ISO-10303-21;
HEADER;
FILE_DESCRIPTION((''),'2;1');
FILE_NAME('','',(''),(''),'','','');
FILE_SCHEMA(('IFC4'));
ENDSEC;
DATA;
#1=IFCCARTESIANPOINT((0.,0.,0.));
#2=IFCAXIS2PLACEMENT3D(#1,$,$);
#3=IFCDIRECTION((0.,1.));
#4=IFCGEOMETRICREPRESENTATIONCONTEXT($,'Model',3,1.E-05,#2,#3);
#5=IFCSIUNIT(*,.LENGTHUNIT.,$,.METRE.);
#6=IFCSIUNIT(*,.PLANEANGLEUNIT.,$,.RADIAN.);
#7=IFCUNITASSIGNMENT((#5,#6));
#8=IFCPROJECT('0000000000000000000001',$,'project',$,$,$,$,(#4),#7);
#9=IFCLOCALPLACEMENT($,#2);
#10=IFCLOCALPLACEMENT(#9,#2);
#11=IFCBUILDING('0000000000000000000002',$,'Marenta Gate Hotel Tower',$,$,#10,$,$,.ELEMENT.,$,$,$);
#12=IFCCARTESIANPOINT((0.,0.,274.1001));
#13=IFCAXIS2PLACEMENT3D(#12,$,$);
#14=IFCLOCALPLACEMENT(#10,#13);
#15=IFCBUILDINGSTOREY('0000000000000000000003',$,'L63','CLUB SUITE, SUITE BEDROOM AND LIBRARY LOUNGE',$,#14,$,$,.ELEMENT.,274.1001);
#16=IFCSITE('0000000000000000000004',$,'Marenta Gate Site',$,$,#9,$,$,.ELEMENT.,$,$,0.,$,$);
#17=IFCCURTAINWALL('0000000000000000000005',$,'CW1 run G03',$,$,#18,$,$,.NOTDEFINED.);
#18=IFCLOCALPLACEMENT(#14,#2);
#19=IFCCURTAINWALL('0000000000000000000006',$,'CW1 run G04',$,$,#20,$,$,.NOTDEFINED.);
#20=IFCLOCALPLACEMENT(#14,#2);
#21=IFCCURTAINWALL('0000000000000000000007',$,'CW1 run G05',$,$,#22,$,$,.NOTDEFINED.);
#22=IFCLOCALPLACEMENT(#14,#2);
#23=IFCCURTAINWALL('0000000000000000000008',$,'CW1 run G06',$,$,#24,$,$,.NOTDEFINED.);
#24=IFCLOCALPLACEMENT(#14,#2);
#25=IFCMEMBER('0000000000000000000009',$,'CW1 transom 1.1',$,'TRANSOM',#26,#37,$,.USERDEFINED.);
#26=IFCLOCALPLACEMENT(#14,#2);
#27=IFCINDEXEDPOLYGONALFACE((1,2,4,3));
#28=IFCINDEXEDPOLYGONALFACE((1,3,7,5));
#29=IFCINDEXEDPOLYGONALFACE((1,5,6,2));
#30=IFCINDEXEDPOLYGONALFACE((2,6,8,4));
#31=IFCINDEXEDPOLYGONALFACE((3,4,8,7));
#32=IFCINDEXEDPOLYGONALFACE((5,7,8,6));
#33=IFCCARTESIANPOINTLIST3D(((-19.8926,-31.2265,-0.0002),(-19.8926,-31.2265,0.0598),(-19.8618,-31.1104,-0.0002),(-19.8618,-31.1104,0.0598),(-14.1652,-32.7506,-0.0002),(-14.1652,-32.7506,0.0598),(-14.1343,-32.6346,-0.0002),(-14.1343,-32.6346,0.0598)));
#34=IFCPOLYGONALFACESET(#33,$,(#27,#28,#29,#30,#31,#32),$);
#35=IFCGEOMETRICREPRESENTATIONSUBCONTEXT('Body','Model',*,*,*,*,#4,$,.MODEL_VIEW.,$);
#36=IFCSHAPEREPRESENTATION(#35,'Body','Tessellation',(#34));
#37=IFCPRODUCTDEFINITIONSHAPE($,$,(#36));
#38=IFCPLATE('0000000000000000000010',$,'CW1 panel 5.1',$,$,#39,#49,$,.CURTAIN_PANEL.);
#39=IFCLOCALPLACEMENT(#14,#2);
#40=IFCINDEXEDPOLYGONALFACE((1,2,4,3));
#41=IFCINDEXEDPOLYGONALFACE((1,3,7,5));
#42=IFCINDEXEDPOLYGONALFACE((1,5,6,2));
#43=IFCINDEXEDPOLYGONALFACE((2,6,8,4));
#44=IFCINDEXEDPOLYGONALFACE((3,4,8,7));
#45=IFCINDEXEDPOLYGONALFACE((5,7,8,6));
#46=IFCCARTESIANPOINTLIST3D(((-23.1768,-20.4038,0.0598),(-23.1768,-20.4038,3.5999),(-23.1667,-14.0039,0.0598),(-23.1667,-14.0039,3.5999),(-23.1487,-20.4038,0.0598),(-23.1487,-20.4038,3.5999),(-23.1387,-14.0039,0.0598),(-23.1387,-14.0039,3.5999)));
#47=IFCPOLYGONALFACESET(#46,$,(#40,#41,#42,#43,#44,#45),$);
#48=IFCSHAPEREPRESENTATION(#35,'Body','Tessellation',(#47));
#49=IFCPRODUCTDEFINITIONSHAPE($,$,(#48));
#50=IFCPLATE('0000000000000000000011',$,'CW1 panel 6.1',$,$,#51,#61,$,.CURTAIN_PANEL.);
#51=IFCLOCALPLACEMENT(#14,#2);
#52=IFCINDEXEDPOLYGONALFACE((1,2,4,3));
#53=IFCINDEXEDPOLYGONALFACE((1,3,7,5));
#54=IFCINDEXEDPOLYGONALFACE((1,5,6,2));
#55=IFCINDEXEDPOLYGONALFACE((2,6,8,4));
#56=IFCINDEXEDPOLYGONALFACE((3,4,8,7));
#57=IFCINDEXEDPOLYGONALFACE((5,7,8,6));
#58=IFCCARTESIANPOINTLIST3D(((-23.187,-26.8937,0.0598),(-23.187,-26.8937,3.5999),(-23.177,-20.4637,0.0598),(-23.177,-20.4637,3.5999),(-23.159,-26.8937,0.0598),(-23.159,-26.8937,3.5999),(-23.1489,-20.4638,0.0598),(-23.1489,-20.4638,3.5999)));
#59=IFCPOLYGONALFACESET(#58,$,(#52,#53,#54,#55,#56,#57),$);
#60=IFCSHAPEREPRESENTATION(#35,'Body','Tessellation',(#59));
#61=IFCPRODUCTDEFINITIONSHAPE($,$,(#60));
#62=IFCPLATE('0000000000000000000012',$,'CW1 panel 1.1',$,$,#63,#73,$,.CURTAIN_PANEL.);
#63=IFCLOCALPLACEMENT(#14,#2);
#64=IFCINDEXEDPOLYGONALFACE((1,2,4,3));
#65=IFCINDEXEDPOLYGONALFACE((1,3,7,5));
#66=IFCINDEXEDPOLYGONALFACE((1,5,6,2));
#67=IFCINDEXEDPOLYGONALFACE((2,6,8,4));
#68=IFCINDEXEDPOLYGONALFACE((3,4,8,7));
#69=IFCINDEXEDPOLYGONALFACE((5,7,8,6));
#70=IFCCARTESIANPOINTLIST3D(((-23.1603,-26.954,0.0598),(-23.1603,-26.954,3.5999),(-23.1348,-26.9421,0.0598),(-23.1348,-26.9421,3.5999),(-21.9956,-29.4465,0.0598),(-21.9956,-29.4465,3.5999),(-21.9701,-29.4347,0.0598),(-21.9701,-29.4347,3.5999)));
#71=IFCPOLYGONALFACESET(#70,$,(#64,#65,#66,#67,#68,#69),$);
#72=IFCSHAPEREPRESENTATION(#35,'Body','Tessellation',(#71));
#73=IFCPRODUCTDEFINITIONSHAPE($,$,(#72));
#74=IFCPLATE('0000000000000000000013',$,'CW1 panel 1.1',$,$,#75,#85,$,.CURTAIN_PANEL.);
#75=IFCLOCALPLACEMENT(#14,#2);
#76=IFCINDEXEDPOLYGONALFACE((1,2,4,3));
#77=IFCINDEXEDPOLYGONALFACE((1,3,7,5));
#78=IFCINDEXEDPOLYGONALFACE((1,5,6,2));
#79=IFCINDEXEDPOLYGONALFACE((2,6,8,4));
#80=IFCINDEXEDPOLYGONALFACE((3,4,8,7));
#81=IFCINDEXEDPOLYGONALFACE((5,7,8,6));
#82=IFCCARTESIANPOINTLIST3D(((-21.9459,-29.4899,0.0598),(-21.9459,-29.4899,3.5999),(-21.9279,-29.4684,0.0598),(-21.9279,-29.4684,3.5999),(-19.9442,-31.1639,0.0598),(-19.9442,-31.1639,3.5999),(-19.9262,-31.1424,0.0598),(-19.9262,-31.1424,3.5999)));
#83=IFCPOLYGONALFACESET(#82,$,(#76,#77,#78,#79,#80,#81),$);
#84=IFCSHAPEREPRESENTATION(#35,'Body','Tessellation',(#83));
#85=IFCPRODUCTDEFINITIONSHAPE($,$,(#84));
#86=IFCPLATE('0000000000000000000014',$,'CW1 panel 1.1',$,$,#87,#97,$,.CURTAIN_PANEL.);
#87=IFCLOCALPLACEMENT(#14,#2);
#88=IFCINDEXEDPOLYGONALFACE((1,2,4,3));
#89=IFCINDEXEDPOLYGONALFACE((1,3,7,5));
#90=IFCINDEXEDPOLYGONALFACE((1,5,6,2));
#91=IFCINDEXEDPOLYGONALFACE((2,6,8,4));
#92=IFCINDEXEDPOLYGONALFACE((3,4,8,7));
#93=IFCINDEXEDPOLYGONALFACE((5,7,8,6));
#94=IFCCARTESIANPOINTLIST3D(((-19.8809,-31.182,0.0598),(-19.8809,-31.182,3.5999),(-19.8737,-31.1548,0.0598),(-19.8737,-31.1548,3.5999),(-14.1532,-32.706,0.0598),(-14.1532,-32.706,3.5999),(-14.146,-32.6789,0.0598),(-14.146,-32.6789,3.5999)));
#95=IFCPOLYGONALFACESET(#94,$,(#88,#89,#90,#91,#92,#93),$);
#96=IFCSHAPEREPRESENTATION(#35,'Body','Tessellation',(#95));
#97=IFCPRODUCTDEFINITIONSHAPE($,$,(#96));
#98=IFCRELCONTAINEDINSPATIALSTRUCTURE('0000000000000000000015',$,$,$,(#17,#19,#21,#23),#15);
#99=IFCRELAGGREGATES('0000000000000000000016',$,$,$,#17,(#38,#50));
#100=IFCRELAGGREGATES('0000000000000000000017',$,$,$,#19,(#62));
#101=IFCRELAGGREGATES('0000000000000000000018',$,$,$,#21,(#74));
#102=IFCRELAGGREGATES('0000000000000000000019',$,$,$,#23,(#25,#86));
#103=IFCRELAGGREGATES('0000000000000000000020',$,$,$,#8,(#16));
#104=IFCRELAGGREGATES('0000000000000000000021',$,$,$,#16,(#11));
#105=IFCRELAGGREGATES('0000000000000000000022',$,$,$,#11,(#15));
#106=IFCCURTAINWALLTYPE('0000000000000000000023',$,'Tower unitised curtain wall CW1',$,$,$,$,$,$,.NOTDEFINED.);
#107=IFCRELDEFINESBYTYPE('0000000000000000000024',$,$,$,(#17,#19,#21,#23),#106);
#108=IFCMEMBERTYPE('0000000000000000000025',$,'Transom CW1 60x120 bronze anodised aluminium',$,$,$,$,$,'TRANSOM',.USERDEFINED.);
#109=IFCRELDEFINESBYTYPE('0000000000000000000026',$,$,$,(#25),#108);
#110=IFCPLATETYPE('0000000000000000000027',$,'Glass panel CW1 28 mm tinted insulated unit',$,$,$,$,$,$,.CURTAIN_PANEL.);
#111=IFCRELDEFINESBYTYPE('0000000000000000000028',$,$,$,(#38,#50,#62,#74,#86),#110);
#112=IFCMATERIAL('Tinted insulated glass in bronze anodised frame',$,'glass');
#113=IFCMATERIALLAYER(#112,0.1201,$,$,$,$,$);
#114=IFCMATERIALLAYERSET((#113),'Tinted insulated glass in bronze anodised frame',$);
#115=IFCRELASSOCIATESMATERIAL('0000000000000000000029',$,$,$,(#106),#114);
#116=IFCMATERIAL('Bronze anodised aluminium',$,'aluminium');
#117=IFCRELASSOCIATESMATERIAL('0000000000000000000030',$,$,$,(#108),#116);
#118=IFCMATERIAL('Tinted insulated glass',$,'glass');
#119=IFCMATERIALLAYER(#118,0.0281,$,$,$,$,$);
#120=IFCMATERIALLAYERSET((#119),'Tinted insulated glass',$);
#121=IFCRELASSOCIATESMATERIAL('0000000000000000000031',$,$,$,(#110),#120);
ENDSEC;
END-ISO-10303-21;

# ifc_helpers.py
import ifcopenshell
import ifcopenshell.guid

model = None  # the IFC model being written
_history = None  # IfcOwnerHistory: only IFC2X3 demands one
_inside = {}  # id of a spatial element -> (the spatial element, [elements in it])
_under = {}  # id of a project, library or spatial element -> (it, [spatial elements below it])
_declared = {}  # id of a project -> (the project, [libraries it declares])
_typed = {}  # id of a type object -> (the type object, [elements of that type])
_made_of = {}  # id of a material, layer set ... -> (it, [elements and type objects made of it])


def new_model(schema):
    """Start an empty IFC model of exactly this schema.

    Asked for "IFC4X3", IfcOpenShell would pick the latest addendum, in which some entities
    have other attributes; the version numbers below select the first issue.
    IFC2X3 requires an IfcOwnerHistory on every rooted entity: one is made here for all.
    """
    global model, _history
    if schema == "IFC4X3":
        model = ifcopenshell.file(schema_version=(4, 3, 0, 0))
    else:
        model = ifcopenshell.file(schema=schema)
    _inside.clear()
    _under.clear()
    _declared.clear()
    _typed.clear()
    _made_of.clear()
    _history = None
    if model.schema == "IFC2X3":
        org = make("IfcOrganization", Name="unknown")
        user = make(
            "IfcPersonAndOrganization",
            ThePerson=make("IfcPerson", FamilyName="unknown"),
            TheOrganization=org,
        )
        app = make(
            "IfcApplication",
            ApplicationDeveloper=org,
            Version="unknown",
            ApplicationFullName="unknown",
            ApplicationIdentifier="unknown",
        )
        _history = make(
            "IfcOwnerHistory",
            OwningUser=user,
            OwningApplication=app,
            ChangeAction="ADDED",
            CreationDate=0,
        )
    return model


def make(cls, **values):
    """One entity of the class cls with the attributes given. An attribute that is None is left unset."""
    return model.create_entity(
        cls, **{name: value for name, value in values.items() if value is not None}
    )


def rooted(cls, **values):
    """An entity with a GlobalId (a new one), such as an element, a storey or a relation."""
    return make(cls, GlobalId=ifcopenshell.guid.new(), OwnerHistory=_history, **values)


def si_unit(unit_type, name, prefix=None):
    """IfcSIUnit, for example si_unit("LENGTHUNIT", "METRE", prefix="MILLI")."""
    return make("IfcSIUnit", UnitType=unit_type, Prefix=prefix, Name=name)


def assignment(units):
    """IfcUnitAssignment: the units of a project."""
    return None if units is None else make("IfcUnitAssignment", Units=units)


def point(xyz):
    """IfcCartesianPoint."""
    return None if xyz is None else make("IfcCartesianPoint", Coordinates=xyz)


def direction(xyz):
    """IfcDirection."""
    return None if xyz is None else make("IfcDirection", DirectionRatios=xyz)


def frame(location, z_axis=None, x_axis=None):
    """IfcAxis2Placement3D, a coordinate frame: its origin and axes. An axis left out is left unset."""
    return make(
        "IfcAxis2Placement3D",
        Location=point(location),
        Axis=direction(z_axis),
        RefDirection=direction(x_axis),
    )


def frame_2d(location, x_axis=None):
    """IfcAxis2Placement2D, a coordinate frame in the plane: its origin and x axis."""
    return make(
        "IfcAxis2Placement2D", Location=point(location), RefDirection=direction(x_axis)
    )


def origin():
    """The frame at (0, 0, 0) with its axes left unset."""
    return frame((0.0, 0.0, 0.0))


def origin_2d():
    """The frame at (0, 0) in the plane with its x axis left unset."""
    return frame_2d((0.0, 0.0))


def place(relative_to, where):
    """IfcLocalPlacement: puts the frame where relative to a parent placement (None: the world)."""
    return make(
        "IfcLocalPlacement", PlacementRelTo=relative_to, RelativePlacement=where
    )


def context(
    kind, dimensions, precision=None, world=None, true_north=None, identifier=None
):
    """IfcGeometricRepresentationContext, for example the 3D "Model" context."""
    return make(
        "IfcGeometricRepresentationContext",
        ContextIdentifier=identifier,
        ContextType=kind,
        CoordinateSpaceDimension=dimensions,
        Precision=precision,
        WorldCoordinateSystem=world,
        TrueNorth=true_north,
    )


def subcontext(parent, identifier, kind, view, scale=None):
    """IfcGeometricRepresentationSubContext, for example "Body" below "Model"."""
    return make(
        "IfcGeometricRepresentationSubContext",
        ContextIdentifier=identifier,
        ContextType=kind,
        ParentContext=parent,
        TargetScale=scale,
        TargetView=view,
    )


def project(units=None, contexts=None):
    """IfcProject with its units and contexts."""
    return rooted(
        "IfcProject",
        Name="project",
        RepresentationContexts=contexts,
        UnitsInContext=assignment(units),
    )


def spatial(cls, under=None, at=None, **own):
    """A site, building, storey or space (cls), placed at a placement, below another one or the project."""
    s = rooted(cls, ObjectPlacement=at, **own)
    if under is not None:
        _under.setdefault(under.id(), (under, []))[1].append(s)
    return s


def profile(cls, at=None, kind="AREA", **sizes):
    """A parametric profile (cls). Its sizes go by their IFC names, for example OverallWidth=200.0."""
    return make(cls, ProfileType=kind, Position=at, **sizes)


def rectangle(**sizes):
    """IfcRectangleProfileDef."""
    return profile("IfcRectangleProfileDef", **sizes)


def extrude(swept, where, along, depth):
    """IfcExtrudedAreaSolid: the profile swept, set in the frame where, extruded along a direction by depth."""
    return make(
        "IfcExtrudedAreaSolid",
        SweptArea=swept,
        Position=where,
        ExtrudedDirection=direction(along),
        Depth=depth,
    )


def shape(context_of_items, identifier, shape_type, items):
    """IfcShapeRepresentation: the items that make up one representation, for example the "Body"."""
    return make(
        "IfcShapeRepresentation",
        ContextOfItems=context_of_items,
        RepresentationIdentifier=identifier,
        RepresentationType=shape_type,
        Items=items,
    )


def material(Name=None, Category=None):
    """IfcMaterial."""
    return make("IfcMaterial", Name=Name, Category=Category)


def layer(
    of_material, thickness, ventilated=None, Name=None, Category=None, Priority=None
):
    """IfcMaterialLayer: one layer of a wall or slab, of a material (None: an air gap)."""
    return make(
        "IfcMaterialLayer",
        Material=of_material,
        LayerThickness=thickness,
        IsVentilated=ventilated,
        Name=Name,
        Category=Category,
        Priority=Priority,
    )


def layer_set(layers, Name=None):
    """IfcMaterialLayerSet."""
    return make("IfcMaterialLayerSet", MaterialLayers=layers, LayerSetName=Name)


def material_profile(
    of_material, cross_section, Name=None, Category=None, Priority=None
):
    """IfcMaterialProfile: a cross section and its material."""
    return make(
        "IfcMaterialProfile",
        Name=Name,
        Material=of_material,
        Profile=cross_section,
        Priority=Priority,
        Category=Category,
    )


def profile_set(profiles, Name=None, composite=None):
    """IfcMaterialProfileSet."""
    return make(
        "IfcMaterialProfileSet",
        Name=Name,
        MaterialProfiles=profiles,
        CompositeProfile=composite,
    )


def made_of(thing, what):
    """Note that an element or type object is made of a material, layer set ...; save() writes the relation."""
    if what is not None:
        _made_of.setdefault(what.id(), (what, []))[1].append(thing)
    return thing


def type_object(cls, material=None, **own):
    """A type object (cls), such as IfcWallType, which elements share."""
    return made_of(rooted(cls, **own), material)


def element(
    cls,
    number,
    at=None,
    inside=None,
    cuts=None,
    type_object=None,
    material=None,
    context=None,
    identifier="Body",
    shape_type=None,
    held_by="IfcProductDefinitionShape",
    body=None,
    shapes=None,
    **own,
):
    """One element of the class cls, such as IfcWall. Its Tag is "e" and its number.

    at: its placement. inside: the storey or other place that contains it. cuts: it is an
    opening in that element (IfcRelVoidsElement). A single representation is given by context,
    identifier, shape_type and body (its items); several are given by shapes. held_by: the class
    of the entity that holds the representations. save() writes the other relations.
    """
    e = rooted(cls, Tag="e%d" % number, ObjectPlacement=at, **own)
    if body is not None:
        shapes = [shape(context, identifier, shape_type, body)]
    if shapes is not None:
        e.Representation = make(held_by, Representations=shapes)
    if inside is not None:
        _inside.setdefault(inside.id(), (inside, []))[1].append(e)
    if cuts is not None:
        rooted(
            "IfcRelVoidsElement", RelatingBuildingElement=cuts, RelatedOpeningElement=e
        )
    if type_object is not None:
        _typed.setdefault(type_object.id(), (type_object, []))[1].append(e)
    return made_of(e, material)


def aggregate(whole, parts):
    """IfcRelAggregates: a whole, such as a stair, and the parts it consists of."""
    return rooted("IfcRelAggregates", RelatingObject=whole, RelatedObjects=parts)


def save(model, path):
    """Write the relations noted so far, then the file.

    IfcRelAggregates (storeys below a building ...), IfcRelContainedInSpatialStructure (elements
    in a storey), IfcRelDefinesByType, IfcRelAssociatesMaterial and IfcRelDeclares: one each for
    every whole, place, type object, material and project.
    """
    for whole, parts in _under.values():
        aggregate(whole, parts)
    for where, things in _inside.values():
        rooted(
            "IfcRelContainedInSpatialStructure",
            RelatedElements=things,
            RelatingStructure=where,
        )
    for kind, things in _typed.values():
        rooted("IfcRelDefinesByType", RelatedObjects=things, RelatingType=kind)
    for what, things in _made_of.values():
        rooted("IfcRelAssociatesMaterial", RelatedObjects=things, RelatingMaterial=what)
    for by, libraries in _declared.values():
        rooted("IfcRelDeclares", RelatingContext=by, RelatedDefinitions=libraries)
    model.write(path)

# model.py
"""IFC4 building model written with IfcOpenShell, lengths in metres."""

from ifc_helpers import new_model, si_unit, direction, frame, origin, origin_2d, place, context, subcontext, project, spatial, rectangle, extrude, material, layer, layer_set, material_profile, profile_set, type_object, element, aggregate, save


model = new_model("IFC4")

# Units and contexts
model_context = context("Model", 3, precision=1e-05, world=origin(), true_north=direction((0.0, 1.0)))
body_context = subcontext(model_context, "Body", "Model", "MODEL_VIEW")
ifc_project = project(units=[si_unit("LENGTHUNIT", "METRE"), si_unit("PLANEANGLEUNIT", "RADIAN")], contexts=[model_context])

# Site, building, storey
site_placement = place(None, origin())
site = spatial("IfcSite", under=ifc_project, at=site_placement, Name="Marenta Gate Site", CompositionType="ELEMENT", RefElevation=0.0)
building_placement = place(site_placement, origin())
building = spatial("IfcBuilding", under=site, at=building_placement, Name="Marenta Gate Hotel Tower", CompositionType="ELEMENT")
storey_placement = place(building_placement, frame((0.0, 0.0, 274.1001)))
storey = spatial("IfcBuildingStorey", under=building, at=storey_placement, Name="L63", Description="CLUB SUITE, SUITE BEDROOM AND LIBRARY LOUNGE", CompositionType="ELEMENT", Elevation=274.1001)

# Curtain walls
ifc_material_1 = material(Name="Tinted insulated glass in bronze anodised frame", Category="glass")
ifc_layer_1 = layer(ifc_material_1, 0.1201)
ifc_layer_set_1 = layer_set([ifc_layer_1], Name="Tinted insulated glass in bronze anodised frame")
curtain_wall_type = type_object("IfcCurtainWallType", Name="Tower unitised curtain wall CW1", PredefinedType="NOTDEFINED", material=ifc_layer_set_1)
curtain_wall_1_placement = place(storey_placement, origin())
curtain_wall_1 = element("IfcCurtainWall", 1, at=curtain_wall_1_placement, inside=storey, type_object=curtain_wall_type, Name="CW1 run G03", PredefinedType="NOTDEFINED")
curtain_wall_2_placement = place(storey_placement, origin())
curtain_wall_2 = element("IfcCurtainWall", 2, at=curtain_wall_2_placement, inside=storey, type_object=curtain_wall_type, Name="CW1 run G04", PredefinedType="NOTDEFINED")
curtain_wall_3_placement = place(storey_placement, origin())
curtain_wall_3 = element("IfcCurtainWall", 3, at=curtain_wall_3_placement, inside=storey, type_object=curtain_wall_type, Name="CW1 run G05", PredefinedType="NOTDEFINED")
curtain_wall_4_placement = place(storey_placement, origin())
curtain_wall_4 = element("IfcCurtainWall", 4, at=curtain_wall_4_placement, inside=storey, type_object=curtain_wall_type, Name="CW1 run G06", PredefinedType="NOTDEFINED")

# Member
ifc_material_2 = material(Name="Bronze anodised aluminium", Category="aluminium")
ifc_material_profile_1 = material_profile(ifc_material_2, rectangle(XDim=0.1201, YDim=0.0601, at=origin_2d()), Name="Transom CW1 60x120 bronze anodised aluminium")
ifc_profile_set_1 = profile_set([ifc_material_profile_1], Name="Bronze anodised aluminium")
member_type_1 = type_object("IfcMemberType", Name="Transom CW1 60x120 bronze anodised aluminium", ElementType="TRANSOM", PredefinedType="USERDEFINED", material=ifc_profile_set_1)
member_1_placement = place(storey_placement, frame((-19.8772, -31.1685, 0.0298), z_axis=(0.966368, -0.257163, 0.0), x_axis=(0.257163, 0.966368, 0.0)))
member_1 = element("IfcMember", 5, at=member_1_placement, type_object=member_type_1, Name="CW1 transom 1.1", ObjectType="TRANSOM", PredefinedType="USERDEFINED", context=body_context, shape_type="SweptSolid", body=[
    extrude(rectangle(XDim=0.1201, YDim=0.0601, at=origin_2d()), origin(), (0.0, 0.0, 1.0), 5.9268),
])

# Plates
ifc_material_3 = material(Name="Tinted insulated glass", Category="glass")
ifc_layer_2 = layer(ifc_material_3, 0.0281)
ifc_layer_set_2 = layer_set([ifc_layer_2], Name="Tinted insulated glass")
plate_type = type_object("IfcPlateType", Name="Glass panel CW1 28 mm tinted insulated unit", PredefinedType="CURTAIN_PANEL", material=ifc_layer_set_2)
plate_1_placement = place(storey_placement, frame((-23.1577, -17.2039, 0.0598), z_axis=(0.0, 0.0, 1.0), x_axis=(-0.001566, -0.999999, 0.0)))
plate_1 = element("IfcPlate", 6, at=plate_1_placement, type_object=plate_type, Name="CW1 panel 5.1", PredefinedType="CURTAIN_PANEL", context=body_context, shape_type="SweptSolid", body=[
    extrude(rectangle(XDim=6.3999, YDim=0.0281, at=origin_2d()), origin(), (0.0, 0.0, 1.0), 3.54),
])
plate_2_placement = place(storey_placement, frame((-23.168, -23.6787, 0.0598), z_axis=(0.0, 0.0, 1.0), x_axis=(-0.001566, -0.999999, 0.0)))
plate_2 = element("IfcPlate", 7, at=plate_2_placement, type_object=plate_type, Name="CW1 panel 6.1", PredefinedType="CURTAIN_PANEL", context=body_context, shape_type="SweptSolid", body=[
    extrude(rectangle(XDim=6.4299, YDim=0.0281, at=origin_2d()), origin(), (0.0, 0.0, 1.0), 3.54),
])
aggregate(curtain_wall_1, [plate_1, plate_2])
plate_3_placement = place(storey_placement, frame((-22.5652, -28.1943, 0.0598), z_axis=(0.0, 0.0, 1.0), x_axis=(0.423337, -0.905972, 0.0)))
plate_3 = element("IfcPlate", 8, at=plate_3_placement, type_object=plate_type, Name="CW1 panel 1.1", PredefinedType="CURTAIN_PANEL", context=body_context, shape_type="SweptSolid", body=[
    extrude(rectangle(XDim=2.7512, YDim=0.0281, at=origin_2d()), origin(), (0.0, 0.0, 1.0), 3.54),
])
aggregate(curtain_wall_2, [plate_3])
plate_4_placement = place(storey_placement, frame((-20.936, -30.3162, 0.0598), z_axis=(0.0, 0.0, 1.0), x_axis=(0.767102, -0.641525, 0.0)))
plate_4 = element("IfcPlate", 9, at=plate_4_placement, type_object=plate_type, Name="CW1 panel 1.1", PredefinedType="CURTAIN_PANEL", context=body_context, shape_type="SweptSolid", body=[
    extrude(rectangle(XDim=2.6094, YDim=0.0281, at=origin_2d()), origin(), (0.0, 0.0, 1.0), 3.54),
])
aggregate(curtain_wall_3, [plate_4])
plate_5_placement = place(storey_placement, frame((-17.0134, -31.9304, 0.0598), z_axis=(0.0, 0.0, 1.0), x_axis=(0.966376, -0.257134, 0.0)))
plate_5 = element("IfcPlate", 10, at=plate_5_placement, type_object=plate_type, Name="CW1 panel 1.1", PredefinedType="CURTAIN_PANEL", context=body_context, shape_type="SweptSolid", body=[
    extrude(rectangle(XDim=5.927, YDim=0.0281, at=origin_2d()), origin(), (0.0, 0.0, 1.0), 3.54),
])
aggregate(curtain_wall_4, [member_1, plate_5])

save(model, "model.ifc")
